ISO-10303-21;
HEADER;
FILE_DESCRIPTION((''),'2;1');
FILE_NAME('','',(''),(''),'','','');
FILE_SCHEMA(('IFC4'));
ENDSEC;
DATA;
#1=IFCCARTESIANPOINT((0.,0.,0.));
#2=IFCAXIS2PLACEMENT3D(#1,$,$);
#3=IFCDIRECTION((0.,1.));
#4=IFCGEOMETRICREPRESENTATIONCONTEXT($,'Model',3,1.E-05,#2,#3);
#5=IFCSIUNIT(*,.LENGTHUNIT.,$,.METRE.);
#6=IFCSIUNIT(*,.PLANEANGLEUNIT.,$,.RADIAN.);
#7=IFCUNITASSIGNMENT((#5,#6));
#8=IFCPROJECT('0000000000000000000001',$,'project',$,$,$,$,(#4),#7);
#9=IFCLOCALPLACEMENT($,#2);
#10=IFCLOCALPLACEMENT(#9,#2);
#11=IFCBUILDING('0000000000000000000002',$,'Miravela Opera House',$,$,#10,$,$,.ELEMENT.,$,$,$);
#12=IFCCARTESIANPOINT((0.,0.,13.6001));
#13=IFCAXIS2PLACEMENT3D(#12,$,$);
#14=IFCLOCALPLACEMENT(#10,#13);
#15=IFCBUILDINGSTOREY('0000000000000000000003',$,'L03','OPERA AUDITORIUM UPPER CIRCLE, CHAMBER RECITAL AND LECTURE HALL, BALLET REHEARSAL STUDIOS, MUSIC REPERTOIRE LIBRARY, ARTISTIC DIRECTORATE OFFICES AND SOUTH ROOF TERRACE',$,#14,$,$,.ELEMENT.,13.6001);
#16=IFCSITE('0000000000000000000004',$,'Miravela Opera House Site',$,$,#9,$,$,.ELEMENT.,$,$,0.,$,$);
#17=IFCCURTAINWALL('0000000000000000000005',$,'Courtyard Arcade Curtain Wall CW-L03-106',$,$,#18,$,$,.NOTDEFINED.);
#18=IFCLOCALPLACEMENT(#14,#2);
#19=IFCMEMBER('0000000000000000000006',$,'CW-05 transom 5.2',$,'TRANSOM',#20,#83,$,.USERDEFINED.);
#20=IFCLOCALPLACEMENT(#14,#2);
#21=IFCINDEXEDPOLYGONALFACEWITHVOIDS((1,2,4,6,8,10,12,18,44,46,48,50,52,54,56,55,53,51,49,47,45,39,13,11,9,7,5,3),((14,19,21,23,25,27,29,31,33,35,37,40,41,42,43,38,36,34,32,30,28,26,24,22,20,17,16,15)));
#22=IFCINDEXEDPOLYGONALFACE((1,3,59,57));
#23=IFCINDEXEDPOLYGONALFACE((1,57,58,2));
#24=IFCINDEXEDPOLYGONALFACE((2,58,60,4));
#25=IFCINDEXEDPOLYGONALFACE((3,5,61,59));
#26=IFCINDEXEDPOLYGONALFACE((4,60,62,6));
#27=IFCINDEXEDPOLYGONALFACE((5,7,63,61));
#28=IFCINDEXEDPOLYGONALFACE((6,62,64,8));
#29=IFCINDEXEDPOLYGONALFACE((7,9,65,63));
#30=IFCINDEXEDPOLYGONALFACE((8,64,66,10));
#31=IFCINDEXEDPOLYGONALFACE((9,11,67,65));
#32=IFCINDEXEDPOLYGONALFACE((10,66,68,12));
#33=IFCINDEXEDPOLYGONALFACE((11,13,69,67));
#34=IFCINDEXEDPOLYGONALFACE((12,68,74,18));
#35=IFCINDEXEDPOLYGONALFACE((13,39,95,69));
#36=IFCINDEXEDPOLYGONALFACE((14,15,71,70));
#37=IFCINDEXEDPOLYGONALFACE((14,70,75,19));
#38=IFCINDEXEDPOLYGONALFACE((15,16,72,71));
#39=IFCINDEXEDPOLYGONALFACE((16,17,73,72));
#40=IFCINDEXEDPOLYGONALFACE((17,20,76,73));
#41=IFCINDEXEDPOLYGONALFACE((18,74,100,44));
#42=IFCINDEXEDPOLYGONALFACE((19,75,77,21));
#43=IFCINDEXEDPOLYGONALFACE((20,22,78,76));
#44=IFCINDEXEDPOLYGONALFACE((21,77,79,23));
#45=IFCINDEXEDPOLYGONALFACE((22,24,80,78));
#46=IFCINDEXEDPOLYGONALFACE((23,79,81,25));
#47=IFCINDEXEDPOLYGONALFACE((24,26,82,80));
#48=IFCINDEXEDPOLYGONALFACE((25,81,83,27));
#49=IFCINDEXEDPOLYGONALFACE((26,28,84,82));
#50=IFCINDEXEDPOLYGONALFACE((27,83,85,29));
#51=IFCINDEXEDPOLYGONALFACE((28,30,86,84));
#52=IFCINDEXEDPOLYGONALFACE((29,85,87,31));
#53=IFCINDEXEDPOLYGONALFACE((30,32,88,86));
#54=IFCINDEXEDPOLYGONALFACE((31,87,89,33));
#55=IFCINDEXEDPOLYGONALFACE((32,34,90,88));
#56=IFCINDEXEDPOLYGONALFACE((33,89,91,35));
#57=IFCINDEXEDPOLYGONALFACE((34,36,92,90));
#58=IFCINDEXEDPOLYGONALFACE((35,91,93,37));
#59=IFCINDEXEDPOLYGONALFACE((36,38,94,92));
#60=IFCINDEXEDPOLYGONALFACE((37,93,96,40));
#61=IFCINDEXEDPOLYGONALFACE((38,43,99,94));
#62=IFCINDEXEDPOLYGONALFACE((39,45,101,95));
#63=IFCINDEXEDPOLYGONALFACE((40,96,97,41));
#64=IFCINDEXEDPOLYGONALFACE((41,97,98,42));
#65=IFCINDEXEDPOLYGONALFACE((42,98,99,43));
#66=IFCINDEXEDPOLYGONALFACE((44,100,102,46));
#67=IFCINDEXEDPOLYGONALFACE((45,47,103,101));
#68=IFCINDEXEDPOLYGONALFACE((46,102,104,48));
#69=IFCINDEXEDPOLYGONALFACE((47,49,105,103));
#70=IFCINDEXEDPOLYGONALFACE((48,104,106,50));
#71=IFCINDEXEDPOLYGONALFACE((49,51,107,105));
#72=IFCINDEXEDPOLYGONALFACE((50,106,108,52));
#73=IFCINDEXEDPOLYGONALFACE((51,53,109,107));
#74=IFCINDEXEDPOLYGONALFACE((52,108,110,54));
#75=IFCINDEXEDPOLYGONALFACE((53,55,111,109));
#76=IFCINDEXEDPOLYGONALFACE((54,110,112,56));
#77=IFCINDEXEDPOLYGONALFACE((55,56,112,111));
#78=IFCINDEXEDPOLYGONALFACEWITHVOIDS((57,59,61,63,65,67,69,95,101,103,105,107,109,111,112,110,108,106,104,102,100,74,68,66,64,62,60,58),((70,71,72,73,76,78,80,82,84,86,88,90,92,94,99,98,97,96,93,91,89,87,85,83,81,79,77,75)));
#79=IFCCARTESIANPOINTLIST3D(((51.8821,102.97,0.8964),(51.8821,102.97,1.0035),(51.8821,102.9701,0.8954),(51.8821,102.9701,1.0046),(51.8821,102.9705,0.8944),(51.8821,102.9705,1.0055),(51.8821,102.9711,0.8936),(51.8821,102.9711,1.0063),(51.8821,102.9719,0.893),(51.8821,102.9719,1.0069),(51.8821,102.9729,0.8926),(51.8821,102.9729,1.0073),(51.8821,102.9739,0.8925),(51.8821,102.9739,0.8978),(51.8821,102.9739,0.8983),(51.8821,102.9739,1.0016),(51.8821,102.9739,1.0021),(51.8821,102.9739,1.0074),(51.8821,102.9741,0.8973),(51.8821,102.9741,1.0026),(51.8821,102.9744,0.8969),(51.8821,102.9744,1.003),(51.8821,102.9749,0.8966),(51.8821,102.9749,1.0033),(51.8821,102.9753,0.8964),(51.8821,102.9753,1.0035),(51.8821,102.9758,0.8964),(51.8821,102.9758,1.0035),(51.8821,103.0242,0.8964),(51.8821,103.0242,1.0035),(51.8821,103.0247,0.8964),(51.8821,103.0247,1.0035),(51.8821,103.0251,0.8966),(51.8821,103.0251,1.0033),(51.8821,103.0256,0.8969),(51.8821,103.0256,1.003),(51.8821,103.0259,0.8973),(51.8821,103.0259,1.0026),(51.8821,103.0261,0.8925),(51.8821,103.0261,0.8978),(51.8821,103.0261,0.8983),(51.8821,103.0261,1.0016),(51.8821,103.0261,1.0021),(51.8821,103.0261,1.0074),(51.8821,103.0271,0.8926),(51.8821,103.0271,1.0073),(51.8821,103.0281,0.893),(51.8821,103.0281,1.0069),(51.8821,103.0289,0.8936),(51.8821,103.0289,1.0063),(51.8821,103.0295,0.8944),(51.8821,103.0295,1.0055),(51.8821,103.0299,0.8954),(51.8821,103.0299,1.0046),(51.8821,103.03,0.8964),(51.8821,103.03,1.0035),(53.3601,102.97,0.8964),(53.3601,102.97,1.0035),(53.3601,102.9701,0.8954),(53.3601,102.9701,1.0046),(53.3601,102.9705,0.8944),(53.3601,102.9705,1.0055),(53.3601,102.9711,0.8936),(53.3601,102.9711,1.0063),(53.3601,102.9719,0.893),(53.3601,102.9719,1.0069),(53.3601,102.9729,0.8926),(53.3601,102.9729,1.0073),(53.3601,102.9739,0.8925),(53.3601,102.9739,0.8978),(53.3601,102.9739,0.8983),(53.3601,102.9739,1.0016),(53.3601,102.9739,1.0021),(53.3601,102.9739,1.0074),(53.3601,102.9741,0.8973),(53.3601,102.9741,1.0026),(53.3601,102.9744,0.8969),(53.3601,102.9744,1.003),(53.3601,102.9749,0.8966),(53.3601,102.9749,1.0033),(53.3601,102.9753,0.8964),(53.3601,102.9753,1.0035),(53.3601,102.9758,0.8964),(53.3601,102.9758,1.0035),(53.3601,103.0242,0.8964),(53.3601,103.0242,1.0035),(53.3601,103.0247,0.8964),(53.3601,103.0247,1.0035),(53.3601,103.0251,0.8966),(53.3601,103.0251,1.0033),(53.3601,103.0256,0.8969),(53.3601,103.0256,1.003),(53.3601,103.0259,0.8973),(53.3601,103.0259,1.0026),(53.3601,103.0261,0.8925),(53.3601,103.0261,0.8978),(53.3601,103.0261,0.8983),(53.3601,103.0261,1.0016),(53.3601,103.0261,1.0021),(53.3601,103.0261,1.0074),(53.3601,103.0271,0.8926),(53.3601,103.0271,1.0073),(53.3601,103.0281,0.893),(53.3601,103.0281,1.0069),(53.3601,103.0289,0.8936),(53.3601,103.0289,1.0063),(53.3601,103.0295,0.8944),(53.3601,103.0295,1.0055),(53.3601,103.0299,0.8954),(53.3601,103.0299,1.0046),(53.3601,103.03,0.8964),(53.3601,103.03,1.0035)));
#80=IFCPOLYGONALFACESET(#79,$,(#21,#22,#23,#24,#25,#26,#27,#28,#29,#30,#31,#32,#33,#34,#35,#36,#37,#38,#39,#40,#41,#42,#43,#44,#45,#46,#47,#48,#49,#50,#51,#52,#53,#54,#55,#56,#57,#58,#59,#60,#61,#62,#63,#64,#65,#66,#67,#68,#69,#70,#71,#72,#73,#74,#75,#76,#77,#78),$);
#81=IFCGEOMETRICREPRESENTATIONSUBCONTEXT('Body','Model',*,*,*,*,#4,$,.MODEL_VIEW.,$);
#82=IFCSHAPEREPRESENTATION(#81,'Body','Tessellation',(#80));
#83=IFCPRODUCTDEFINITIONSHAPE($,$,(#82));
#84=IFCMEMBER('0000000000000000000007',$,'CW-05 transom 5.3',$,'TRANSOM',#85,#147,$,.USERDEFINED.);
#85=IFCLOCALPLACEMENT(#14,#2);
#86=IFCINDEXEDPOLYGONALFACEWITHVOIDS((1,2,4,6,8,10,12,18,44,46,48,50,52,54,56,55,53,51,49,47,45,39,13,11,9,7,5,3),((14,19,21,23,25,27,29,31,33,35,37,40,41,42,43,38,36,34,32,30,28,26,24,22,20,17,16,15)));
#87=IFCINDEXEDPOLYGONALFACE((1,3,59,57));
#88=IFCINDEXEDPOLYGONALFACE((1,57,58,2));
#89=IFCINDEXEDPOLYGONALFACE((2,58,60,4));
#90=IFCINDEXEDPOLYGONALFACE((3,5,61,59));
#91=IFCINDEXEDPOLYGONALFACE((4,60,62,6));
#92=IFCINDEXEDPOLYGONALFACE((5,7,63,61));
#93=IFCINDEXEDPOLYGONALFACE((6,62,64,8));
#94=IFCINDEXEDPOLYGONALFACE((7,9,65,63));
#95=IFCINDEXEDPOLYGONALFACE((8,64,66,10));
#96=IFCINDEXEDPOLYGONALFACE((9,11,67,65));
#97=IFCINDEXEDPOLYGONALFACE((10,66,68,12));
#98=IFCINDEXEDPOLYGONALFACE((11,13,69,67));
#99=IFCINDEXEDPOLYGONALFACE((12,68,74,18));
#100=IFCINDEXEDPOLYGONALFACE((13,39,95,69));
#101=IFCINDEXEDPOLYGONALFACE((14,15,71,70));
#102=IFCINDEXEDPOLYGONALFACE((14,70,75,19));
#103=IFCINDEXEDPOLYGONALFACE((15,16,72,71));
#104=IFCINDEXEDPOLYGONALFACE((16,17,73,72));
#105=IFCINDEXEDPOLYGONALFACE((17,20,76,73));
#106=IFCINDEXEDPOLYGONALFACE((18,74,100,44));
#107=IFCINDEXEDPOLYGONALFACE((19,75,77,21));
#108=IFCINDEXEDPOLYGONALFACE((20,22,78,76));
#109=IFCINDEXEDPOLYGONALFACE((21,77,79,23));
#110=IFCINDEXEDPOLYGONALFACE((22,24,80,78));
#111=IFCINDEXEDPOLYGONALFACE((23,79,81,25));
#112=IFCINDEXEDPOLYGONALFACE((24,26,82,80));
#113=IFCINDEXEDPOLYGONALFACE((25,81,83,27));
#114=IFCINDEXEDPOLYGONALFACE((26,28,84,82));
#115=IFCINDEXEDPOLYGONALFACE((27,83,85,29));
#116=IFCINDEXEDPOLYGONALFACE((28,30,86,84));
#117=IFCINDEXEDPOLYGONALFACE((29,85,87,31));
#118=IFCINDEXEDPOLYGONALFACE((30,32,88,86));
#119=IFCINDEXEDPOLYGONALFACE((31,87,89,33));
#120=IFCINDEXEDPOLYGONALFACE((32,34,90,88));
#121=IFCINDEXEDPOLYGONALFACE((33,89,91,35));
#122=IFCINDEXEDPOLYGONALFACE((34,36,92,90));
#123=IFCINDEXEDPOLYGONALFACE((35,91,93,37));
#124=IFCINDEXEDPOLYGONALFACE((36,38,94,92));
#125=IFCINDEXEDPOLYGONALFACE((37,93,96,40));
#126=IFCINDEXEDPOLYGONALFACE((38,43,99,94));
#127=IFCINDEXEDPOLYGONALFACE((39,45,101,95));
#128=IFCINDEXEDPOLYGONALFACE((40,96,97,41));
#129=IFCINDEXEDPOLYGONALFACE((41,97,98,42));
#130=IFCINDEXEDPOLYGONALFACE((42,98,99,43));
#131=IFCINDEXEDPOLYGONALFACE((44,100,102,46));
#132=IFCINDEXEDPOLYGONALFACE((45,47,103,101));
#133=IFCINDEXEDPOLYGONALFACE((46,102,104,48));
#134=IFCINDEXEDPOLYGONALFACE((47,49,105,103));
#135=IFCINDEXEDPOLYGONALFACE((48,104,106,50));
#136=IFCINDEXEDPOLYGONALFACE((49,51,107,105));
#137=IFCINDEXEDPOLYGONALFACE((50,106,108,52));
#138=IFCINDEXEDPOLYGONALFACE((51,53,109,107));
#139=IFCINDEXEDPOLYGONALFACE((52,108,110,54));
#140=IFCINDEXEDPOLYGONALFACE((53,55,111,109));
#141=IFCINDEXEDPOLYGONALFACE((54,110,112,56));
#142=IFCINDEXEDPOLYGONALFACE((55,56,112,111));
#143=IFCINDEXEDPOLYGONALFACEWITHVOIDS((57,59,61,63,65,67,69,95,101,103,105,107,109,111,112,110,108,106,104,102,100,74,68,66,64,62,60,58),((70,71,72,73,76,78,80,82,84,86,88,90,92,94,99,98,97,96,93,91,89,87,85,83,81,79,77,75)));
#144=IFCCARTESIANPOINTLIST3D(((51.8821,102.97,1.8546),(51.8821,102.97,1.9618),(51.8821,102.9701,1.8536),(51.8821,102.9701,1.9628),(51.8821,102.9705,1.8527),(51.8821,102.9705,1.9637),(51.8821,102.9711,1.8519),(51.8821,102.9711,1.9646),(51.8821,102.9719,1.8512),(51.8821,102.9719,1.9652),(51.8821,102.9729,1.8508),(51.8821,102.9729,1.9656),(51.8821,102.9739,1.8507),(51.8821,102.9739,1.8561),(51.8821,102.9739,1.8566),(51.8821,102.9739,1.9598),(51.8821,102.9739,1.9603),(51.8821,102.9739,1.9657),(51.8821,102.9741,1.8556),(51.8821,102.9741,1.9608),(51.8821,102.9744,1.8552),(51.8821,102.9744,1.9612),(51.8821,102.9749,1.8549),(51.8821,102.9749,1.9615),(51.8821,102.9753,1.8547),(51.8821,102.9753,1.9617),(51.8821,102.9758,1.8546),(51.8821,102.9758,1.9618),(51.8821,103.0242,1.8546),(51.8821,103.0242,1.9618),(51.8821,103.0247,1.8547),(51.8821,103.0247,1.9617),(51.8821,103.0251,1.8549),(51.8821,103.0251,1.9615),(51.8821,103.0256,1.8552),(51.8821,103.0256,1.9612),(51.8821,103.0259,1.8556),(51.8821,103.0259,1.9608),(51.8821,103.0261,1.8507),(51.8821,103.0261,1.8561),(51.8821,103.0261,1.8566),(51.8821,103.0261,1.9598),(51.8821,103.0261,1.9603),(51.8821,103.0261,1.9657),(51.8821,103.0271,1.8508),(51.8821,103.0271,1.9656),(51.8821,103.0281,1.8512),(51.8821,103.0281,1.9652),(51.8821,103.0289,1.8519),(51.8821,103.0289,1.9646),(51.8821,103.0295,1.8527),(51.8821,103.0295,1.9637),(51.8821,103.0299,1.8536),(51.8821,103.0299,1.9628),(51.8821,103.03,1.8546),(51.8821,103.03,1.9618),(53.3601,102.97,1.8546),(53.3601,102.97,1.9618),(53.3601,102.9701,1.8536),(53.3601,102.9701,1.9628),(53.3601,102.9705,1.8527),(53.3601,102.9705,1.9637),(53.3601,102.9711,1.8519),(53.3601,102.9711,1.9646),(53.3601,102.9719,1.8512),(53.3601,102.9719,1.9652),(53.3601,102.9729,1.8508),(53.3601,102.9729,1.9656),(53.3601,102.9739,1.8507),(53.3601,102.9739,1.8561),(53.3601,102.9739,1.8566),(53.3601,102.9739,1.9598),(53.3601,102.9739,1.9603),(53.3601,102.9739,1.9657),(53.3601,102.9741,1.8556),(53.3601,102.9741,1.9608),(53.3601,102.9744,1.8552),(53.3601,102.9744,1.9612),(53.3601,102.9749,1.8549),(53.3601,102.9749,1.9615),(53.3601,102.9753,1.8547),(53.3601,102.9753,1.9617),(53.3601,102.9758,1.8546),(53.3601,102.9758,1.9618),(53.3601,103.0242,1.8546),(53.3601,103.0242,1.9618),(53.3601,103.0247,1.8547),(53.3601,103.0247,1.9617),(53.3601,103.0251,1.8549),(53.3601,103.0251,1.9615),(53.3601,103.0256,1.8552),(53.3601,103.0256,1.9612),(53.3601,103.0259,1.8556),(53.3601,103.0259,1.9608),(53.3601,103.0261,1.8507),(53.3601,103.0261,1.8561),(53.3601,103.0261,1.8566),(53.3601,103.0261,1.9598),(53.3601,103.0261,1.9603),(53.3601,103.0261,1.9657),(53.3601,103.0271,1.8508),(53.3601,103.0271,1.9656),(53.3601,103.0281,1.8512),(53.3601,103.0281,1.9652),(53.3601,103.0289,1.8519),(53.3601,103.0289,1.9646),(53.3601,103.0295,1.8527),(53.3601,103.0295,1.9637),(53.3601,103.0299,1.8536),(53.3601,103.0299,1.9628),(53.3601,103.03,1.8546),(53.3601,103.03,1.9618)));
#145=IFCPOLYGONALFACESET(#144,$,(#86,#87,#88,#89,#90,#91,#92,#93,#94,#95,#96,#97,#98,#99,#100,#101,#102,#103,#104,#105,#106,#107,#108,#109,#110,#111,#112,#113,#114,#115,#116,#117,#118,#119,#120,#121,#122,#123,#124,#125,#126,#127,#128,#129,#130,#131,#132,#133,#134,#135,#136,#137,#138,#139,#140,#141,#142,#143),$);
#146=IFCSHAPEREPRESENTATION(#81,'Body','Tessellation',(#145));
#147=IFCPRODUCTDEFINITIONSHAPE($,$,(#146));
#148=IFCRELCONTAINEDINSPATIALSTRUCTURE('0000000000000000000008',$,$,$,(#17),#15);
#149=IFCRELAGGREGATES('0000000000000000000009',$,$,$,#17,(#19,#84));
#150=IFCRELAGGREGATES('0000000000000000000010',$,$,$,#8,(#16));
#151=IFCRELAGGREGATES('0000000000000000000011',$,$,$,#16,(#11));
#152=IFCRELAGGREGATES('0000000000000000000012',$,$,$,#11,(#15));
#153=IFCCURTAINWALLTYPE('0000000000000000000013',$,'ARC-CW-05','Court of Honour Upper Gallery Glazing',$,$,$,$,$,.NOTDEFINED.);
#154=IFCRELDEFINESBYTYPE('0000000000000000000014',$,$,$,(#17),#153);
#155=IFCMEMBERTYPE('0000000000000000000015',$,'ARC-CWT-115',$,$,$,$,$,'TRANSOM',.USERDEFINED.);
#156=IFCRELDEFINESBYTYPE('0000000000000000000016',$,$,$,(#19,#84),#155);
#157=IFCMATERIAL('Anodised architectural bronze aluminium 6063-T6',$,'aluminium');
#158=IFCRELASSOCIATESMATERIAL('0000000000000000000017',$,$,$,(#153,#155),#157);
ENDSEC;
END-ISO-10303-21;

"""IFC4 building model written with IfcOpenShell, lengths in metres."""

from ifc_helpers import new_model, si_unit, direction, frame, origin, origin_2d, place, context, subcontext, project, spatial, hollow_rectangle, extrude, material, material_profile, profile_set, type_object, element, aggregate, save


model = new_model("IFC4")

# Units and contexts
model_context = context("Model", 3, precision=1e-05, world=origin(), true_north=direction((0.0, 1.0)))
body_context = subcontext(model_context, "Body", "Model", "MODEL_VIEW")
ifc_project = project(units=[si_unit("LENGTHUNIT", "METRE"), si_unit("PLANEANGLEUNIT", "RADIAN")], contexts=[model_context])

# Site, building, storey
site_placement = place(None, origin())
site = spatial("IfcSite", under=ifc_project, at=site_placement, Name="Miravela Opera House Site", CompositionType="ELEMENT", RefElevation=0.0)
building_placement = place(site_placement, origin())
building = spatial("IfcBuilding", under=site, at=building_placement, Name="Miravela Opera House", CompositionType="ELEMENT")
storey_placement = place(building_placement, frame((0.0, 0.0, 13.6001)))
storey = spatial("IfcBuildingStorey", under=building, at=storey_placement, Name="L03", Description="OPERA AUDITORIUM UPPER CIRCLE, CHAMBER RECITAL AND LECTURE HALL, BALLET REHEARSAL STUDIOS, MUSIC REPERTOIRE LIBRARY, ARTISTIC DIRECTORATE OFFICES AND SOUTH ROOF TERRACE", CompositionType="ELEMENT", Elevation=13.6001)

# Curtain wall
ifc_material_1 = material(Name="Anodised architectural bronze aluminium 6063-T6", Category="aluminium")
curtain_wall_type = type_object("IfcCurtainWallType", Name="ARC-CW-05", Description="Court of Honour Upper Gallery Glazing", PredefinedType="NOTDEFINED", material=ifc_material_1)
curtain_wall_1_placement = place(storey_placement, origin())
curtain_wall_1 = element("IfcCurtainWall", 1, at=curtain_wall_1_placement, inside=storey, type_object=curtain_wall_type, Name="Courtyard Arcade Curtain Wall CW-L03-106", PredefinedType="NOTDEFINED")

# Members
ifc_material_profile_1 = material_profile(ifc_material_1, hollow_rectangle(XDim=0.0601, YDim=0.115, WallThickness=0.0039, InnerFilletRadius=0.002, OuterFilletRadius=0.0039, at=origin_2d()), Name="CWT-60X115")
ifc_profile_set_1 = profile_set([ifc_material_profile_1])
member_type_1 = type_object("IfcMemberType", Name="ARC-CWT-115", ElementType="TRANSOM", PredefinedType="USERDEFINED", material=ifc_profile_set_1)
member_1_placement = place(storey_placement, frame((51.8821, 103.0, 0.95), z_axis=(1.0, 0.0, 0.0), x_axis=(0.0, 1.0, 0.0)))
member_1 = element("IfcMember", 2, at=member_1_placement, type_object=member_type_1, Name="CW-05 transom 5.2", ObjectType="TRANSOM", PredefinedType="USERDEFINED", context=body_context, shape_type="SweptSolid", body=[
    extrude(hollow_rectangle(XDim=0.0601, YDim=0.115, WallThickness=0.0039, InnerFilletRadius=0.002, OuterFilletRadius=0.0039, at=origin_2d()), origin(), (0.0, 0.0, 1.0), 1.478),
])
member_2_placement = place(storey_placement, frame((51.8821, 103.0, 1.9082), z_axis=(1.0, 0.0, 0.0), x_axis=(0.0, 1.0, 0.0)))
member_2 = element("IfcMember", 3, at=member_2_placement, type_object=member_type_1, Name="CW-05 transom 5.3", ObjectType="TRANSOM", PredefinedType="USERDEFINED", context=body_context, shape_type="SweptSolid", body=[
    extrude(hollow_rectangle(XDim=0.0601, YDim=0.115, WallThickness=0.0039, InnerFilletRadius=0.002, OuterFilletRadius=0.0039, at=origin_2d()), origin(), (0.0, 0.0, 1.0), 1.478),
])

aggregate(curtain_wall_1, [member_1, member_2])

save(model, "model.ifc")
